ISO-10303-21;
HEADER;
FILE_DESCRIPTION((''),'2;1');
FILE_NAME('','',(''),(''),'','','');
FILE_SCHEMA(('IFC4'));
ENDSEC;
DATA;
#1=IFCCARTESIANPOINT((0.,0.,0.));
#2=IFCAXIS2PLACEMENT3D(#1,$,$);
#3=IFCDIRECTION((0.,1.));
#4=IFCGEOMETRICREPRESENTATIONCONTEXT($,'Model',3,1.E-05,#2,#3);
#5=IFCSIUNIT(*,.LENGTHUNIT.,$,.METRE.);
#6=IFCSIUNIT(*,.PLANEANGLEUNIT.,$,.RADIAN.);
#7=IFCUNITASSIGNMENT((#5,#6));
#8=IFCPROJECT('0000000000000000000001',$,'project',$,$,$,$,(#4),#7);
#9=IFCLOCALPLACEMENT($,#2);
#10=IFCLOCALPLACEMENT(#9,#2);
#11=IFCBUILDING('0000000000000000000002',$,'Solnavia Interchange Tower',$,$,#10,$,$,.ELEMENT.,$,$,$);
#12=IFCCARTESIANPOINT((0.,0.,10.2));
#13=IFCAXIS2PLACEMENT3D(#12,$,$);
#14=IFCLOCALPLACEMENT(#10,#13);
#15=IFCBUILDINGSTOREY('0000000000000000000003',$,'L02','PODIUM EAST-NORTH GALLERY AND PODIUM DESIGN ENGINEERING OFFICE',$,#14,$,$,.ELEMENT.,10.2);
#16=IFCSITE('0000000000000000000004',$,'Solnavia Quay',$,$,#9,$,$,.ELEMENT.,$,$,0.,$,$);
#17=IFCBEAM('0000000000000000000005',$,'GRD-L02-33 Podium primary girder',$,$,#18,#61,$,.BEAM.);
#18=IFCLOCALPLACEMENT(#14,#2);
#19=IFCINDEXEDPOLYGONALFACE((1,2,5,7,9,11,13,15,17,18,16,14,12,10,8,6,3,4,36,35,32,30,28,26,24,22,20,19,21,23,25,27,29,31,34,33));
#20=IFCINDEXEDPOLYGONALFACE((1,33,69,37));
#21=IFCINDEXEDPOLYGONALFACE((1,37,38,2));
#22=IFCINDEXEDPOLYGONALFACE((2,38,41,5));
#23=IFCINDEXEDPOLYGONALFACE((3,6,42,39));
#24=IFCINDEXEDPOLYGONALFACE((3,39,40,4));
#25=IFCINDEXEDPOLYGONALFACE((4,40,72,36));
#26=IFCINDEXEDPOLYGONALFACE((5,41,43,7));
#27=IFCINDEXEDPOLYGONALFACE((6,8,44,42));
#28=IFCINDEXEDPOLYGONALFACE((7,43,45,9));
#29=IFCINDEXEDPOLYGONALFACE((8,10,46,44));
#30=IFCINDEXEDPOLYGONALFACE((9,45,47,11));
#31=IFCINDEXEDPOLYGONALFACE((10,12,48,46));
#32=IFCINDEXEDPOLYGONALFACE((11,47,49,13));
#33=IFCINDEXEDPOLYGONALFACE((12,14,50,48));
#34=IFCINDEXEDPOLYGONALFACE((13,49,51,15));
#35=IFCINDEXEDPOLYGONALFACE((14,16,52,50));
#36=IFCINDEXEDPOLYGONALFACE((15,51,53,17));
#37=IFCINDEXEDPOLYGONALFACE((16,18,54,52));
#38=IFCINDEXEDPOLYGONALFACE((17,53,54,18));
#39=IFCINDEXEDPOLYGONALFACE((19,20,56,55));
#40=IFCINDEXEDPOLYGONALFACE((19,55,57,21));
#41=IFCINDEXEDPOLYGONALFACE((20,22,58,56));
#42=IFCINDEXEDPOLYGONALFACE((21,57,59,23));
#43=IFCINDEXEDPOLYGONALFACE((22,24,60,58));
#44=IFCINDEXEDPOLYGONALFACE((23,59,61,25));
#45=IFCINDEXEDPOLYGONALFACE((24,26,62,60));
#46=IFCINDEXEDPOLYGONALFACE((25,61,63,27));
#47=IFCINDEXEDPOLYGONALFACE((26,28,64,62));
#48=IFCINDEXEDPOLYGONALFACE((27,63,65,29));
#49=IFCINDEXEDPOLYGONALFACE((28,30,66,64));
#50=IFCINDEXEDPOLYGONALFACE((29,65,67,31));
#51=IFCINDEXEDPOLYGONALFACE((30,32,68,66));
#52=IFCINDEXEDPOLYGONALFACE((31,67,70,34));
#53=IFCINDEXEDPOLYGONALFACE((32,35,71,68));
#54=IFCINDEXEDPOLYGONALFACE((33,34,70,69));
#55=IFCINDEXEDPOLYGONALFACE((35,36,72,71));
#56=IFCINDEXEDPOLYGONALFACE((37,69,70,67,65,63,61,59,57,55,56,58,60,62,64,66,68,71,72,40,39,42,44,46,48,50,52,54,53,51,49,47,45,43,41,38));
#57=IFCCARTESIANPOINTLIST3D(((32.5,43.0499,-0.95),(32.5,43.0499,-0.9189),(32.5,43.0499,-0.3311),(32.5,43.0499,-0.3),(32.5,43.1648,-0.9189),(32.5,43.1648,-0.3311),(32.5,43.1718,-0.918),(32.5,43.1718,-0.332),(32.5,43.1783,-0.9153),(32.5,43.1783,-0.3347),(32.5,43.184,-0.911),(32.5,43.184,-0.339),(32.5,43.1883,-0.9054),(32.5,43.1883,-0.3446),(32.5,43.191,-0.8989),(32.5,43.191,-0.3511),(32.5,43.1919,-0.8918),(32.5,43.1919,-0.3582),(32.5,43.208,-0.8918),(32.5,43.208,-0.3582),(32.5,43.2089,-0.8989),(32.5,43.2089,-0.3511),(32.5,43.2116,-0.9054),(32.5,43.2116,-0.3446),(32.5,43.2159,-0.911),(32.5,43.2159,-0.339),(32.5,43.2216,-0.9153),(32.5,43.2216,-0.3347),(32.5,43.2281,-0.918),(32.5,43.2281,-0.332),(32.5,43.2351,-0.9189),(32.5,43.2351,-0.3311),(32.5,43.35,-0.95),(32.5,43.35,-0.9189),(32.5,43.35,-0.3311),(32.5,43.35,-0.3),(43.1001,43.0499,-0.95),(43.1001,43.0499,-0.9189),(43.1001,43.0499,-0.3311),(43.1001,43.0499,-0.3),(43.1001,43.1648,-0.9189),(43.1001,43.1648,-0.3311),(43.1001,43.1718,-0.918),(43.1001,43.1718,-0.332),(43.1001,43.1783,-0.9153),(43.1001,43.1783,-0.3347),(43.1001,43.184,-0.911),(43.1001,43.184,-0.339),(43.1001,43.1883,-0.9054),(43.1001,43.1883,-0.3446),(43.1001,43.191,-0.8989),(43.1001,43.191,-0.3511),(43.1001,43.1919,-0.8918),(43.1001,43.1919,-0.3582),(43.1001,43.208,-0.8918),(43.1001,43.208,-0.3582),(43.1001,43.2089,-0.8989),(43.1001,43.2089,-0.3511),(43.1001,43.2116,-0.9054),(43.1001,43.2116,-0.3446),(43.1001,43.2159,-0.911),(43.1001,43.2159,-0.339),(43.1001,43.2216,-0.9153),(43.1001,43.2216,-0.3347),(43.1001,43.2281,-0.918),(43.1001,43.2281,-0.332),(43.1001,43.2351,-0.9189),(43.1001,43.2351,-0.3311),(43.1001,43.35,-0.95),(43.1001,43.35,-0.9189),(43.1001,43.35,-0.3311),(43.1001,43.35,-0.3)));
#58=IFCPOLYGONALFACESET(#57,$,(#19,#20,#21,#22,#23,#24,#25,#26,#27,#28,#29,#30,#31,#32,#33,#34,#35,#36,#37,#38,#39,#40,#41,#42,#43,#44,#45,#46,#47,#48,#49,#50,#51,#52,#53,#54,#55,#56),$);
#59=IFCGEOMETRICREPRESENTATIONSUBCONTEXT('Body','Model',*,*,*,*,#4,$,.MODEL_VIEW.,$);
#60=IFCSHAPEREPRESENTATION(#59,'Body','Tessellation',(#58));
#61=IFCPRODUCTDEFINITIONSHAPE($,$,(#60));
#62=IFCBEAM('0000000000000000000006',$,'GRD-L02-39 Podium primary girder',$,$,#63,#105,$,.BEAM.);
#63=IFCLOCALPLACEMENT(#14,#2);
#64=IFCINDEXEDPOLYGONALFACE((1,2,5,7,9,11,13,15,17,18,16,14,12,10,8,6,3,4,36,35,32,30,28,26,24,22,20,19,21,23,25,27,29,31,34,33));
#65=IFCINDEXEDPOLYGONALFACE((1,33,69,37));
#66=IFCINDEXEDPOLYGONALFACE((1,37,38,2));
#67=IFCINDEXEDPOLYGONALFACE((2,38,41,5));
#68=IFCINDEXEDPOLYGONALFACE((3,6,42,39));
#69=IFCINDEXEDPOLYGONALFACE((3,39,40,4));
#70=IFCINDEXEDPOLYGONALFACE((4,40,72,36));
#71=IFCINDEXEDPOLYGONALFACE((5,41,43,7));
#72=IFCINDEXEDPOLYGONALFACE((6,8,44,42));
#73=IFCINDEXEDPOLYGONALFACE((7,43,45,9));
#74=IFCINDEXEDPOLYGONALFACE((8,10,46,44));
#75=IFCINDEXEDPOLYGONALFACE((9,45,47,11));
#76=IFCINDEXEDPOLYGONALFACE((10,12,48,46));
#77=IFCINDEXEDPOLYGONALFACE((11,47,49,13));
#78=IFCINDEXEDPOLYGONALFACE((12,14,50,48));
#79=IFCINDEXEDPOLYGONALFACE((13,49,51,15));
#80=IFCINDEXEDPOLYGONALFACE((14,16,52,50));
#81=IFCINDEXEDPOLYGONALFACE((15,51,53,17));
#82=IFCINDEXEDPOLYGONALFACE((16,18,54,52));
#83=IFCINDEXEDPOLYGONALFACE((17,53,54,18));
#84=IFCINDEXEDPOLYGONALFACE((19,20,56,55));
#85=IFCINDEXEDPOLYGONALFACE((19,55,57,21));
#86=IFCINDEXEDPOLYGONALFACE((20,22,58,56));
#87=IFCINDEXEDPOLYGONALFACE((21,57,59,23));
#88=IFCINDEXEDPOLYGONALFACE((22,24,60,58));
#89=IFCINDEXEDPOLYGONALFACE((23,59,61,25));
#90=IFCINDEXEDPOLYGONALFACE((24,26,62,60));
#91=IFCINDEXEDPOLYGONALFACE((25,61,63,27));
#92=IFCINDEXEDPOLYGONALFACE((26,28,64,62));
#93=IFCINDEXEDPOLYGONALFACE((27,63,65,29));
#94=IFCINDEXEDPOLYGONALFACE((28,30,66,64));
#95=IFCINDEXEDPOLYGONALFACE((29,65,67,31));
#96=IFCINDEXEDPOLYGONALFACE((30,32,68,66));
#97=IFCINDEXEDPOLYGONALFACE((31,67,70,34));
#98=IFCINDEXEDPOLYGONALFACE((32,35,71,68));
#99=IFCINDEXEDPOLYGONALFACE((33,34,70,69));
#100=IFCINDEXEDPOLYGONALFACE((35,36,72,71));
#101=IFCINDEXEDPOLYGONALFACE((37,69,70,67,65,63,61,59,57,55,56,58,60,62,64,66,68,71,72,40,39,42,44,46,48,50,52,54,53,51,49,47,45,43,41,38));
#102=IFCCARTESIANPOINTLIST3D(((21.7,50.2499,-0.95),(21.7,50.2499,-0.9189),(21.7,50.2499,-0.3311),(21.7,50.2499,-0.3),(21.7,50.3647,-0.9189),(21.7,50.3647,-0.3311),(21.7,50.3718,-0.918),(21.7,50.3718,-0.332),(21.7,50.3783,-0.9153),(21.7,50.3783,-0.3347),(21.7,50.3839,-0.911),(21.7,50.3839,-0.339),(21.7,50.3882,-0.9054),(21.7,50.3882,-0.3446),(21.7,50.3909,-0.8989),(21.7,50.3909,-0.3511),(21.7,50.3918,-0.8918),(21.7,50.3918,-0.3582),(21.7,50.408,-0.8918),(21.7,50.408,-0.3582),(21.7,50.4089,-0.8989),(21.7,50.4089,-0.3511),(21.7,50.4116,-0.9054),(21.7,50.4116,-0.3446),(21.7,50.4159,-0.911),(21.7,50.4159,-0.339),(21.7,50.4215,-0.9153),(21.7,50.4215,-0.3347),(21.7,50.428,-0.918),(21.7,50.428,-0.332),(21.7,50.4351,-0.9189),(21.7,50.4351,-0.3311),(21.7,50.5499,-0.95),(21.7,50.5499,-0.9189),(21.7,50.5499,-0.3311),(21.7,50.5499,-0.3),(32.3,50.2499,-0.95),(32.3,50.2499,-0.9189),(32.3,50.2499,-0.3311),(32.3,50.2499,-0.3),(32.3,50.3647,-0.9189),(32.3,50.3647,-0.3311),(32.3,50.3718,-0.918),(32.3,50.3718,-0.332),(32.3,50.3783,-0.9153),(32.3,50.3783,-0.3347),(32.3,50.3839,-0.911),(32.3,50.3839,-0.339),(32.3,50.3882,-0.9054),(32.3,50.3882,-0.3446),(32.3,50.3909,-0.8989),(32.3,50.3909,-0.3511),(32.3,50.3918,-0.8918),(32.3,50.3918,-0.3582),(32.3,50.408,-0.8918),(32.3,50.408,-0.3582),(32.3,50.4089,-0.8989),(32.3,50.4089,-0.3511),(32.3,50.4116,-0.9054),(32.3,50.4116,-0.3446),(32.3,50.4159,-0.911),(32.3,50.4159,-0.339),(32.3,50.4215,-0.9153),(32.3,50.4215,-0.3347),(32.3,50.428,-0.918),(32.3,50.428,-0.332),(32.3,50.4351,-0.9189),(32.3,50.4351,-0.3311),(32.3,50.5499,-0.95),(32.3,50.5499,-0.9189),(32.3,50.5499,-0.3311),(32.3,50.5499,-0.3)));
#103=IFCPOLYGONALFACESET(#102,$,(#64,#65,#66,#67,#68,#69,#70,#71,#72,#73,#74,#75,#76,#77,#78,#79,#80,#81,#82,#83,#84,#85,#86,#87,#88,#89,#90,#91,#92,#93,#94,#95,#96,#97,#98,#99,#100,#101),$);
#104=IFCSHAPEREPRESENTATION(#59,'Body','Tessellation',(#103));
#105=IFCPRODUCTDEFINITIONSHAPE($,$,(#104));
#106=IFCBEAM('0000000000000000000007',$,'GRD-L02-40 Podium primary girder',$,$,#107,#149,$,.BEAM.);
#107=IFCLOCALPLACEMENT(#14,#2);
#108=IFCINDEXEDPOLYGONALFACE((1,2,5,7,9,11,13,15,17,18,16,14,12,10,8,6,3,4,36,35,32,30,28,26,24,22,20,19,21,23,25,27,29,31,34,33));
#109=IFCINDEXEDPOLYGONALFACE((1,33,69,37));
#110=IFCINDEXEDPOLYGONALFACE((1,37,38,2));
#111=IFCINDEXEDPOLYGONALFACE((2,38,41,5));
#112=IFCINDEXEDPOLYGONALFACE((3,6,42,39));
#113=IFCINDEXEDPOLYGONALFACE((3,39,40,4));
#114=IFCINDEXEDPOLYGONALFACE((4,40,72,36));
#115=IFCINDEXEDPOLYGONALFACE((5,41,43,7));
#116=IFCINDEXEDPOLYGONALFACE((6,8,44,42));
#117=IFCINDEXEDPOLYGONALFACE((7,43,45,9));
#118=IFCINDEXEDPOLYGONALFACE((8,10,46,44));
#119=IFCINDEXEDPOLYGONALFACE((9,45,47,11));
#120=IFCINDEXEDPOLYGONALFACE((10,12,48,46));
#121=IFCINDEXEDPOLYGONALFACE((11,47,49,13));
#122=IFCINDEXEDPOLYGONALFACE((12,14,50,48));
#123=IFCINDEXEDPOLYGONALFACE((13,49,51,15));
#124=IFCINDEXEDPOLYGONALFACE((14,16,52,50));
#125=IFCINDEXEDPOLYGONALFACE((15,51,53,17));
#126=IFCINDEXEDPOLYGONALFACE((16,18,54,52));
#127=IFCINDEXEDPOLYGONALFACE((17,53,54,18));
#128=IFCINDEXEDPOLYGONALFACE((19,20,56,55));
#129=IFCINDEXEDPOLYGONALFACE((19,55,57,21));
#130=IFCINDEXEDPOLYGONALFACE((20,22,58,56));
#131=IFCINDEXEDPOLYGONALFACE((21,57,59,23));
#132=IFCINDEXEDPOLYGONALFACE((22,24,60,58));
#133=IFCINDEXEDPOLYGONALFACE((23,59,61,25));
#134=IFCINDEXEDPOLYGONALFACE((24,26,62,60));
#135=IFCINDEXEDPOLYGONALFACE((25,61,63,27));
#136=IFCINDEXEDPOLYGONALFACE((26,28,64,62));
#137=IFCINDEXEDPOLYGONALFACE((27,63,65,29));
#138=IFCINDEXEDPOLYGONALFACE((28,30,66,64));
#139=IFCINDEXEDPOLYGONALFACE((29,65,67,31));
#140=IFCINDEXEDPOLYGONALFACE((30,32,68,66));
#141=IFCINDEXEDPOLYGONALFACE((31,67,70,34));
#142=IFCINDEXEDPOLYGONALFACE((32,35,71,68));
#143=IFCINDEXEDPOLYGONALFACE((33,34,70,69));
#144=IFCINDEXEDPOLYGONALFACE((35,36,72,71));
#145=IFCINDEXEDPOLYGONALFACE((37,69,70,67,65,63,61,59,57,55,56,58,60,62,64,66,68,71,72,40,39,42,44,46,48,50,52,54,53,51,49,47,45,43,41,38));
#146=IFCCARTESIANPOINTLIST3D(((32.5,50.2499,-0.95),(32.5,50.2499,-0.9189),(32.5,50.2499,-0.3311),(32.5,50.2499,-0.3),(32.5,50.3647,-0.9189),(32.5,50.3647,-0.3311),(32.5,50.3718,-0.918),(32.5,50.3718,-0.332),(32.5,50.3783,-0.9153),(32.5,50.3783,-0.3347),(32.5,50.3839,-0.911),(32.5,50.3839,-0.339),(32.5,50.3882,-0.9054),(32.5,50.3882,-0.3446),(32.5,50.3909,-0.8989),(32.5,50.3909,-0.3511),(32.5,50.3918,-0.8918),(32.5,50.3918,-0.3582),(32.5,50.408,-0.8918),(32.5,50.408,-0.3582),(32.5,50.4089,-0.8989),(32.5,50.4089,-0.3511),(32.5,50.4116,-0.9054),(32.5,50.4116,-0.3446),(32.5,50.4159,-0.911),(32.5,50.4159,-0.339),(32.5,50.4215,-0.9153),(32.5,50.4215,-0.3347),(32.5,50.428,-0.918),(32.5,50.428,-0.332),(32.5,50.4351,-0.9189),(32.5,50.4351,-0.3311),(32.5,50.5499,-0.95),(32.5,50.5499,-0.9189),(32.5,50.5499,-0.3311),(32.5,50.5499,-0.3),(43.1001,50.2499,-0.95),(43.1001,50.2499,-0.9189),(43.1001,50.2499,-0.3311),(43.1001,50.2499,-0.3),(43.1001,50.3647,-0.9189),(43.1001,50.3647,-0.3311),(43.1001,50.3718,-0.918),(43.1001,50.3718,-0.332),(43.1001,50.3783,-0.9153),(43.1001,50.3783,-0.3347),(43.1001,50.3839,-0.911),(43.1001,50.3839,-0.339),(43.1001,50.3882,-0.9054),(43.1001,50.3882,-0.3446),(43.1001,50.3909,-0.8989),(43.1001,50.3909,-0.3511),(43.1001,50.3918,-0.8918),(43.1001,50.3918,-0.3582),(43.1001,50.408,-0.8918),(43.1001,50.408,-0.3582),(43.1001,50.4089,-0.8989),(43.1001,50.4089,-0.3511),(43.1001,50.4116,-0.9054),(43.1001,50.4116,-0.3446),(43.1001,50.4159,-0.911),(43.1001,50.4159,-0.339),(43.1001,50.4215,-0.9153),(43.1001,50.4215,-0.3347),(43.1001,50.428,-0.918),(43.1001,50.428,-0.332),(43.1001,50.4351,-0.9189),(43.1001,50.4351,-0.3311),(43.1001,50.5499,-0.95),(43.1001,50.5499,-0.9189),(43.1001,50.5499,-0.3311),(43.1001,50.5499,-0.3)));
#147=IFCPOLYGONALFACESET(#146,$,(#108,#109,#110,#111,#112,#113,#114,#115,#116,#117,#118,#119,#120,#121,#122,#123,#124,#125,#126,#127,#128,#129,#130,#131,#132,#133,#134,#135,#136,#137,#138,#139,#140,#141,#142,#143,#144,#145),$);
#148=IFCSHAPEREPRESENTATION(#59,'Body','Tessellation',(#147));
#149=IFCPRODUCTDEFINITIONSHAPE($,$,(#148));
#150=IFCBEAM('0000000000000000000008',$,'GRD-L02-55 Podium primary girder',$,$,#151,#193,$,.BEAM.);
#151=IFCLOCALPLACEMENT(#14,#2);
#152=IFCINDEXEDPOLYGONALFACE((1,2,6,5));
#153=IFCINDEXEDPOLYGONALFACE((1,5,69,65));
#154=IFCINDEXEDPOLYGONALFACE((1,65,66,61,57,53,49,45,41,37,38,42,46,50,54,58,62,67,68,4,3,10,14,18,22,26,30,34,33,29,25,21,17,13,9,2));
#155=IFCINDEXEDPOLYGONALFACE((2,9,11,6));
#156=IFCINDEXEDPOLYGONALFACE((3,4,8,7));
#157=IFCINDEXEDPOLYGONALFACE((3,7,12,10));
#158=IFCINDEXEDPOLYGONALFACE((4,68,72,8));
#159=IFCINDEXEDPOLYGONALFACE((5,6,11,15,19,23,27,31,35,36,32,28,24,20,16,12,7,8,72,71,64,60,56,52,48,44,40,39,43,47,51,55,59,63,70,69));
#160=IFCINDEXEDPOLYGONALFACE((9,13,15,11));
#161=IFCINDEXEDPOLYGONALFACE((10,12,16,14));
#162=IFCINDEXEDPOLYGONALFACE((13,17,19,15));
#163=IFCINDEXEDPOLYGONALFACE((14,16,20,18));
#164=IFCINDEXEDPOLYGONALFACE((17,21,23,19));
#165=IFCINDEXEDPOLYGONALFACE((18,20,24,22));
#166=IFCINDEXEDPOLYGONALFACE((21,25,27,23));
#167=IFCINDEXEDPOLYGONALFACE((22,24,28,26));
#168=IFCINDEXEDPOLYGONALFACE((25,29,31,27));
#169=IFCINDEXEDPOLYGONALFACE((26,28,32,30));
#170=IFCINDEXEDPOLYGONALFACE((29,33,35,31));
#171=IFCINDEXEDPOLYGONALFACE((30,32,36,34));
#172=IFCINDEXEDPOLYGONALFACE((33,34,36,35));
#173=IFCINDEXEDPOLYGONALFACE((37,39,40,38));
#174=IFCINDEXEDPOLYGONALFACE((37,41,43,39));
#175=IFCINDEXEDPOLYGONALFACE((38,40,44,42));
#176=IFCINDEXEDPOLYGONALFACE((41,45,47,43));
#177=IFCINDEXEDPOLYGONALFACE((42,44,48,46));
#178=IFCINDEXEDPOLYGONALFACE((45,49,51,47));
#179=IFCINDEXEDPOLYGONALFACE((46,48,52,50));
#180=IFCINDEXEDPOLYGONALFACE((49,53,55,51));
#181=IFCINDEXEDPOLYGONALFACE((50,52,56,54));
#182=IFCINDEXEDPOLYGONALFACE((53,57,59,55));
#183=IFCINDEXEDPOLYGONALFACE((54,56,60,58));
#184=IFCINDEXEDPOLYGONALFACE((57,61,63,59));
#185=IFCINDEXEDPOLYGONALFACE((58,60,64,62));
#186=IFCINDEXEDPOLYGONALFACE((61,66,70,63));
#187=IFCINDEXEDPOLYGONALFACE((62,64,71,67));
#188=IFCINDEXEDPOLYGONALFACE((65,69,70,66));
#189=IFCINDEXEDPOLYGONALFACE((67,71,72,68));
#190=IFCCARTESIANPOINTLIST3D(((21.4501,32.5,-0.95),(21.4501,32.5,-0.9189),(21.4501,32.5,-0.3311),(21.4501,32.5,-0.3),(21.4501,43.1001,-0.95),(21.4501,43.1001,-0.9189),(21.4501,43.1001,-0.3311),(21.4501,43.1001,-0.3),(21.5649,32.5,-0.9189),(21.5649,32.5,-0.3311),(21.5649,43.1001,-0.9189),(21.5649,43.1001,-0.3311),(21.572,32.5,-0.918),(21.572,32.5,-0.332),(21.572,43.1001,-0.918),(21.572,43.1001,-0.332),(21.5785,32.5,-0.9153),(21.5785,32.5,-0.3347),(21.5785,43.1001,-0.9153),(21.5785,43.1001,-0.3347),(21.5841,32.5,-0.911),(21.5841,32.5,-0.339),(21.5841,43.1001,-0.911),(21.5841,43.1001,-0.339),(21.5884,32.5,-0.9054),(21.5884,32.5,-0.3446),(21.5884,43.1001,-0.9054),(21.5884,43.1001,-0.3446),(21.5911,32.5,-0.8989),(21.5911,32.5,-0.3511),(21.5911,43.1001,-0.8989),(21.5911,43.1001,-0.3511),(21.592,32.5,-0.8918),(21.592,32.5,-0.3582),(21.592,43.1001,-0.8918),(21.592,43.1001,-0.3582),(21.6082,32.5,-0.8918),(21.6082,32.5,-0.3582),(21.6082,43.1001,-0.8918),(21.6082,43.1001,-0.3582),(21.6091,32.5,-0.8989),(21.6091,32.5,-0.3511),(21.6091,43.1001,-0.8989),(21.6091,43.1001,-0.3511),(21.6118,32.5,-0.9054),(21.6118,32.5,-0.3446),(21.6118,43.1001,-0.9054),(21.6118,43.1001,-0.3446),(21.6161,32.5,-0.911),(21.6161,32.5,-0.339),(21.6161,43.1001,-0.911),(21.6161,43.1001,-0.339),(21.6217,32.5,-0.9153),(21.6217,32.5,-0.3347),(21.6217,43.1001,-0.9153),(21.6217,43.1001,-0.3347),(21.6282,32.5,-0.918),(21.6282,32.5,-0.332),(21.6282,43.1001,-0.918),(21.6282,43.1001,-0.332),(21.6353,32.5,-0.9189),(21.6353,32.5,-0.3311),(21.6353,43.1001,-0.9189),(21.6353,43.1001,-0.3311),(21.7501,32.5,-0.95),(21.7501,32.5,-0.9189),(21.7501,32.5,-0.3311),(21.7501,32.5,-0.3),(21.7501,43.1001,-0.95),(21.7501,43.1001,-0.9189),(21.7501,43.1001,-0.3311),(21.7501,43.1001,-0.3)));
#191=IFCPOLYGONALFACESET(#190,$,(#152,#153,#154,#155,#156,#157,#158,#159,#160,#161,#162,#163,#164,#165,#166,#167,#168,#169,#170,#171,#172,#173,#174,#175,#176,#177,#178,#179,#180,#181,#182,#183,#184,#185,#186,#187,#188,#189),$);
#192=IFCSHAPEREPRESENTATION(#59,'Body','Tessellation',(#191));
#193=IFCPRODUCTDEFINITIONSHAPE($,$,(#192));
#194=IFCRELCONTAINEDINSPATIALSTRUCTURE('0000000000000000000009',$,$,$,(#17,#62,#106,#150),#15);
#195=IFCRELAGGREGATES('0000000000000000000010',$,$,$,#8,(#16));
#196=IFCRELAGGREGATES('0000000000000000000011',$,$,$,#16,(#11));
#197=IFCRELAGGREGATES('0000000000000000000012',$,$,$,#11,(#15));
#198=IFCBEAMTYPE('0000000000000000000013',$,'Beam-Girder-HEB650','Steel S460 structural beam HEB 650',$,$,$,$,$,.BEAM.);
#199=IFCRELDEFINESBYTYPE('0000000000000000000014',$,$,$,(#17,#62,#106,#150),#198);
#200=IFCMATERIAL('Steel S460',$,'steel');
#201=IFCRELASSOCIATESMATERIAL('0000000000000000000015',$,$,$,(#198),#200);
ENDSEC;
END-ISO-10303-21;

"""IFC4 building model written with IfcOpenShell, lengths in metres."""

from ifc_helpers import new_model, si_unit, direction, frame, origin, origin_2d, place, context, subcontext, project, spatial, i_section, extrude, material, material_profile, profile_set, type_object, element, save


model = new_model("IFC4")

# Units and contexts
model_context = context("Model", 3, precision=1e-05, world=origin(), true_north=direction((0.0, 1.0)))
body_context = subcontext(model_context, "Body", "Model", "MODEL_VIEW")
ifc_project = project(units=[si_unit("LENGTHUNIT", "METRE"), si_unit("PLANEANGLEUNIT", "RADIAN")], contexts=[model_context])

# Site, building, storey
site_placement = place(None, origin())
site = spatial("IfcSite", under=ifc_project, at=site_placement, Name="Solnavia Quay", CompositionType="ELEMENT", RefElevation=0.0)
building_placement = place(site_placement, origin())
building = spatial("IfcBuilding", under=site, at=building_placement, Name="Solnavia Interchange Tower", CompositionType="ELEMENT")
storey_placement = place(building_placement, frame((0.0, 0.0, 10.2)))
storey = spatial("IfcBuildingStorey", under=building, at=storey_placement, Name="L02", Description="PODIUM EAST-NORTH GALLERY AND PODIUM DESIGN ENGINEERING OFFICE", CompositionType="ELEMENT", Elevation=10.2)

# Beams
ifc_material_1 = material(Name="Steel S460", Category="steel")
ifc_material_profile_1 = material_profile(ifc_material_1, i_section(OverallWidth=0.3, OverallDepth=0.6499, WebThickness=0.0161, FlangeThickness=0.031, FilletRadius=0.0271, at=origin_2d()), Name="HEB 650")
ifc_profile_set_1 = profile_set([ifc_material_profile_1], Name="Steel S460")
beam_type_1 = type_object("IfcBeamType", Name="Beam-Girder-HEB650", Description="Steel S460 structural beam HEB 650", PredefinedType="BEAM", material=ifc_profile_set_1)
for number, where, z_axis, x_axis, name in (
    (1, (32.5, 43.2, -0.625), (1.0, 0.0, 0.0), (0.0, 1.0, 0.0), "GRD-L02-33 Podium primary girder"),
    (2, (21.7, 50.3999, -0.625), (1.0, 0.0, 0.0), (0.0, 1.0, 0.0), "GRD-L02-39 Podium primary girder"),
    (3, (32.5, 50.3999, -0.625), (1.0, 0.0, 0.0), (0.0, 1.0, 0.0), "GRD-L02-40 Podium primary girder"),
    (4, (21.6001, 32.5, -0.625), (0.0, 1.0, 0.0), (-1.0, 0.0, 0.0), "GRD-L02-55 Podium primary girder"),
):
    element("IfcBeam", number, at=place(storey_placement, frame(where, z_axis=z_axis, x_axis=x_axis)), inside=storey, type_object=beam_type_1, Name=name, PredefinedType="BEAM", context=body_context, shape_type="SweptSolid", body=[
        extrude(i_section(OverallWidth=0.3, OverallDepth=0.6499, WebThickness=0.0161, FlangeThickness=0.031, FilletRadius=0.0271, at=origin_2d()), origin(), (0.0, 0.0, 1.0), 10.6001),
    ])

save(model, "model.ifc")
